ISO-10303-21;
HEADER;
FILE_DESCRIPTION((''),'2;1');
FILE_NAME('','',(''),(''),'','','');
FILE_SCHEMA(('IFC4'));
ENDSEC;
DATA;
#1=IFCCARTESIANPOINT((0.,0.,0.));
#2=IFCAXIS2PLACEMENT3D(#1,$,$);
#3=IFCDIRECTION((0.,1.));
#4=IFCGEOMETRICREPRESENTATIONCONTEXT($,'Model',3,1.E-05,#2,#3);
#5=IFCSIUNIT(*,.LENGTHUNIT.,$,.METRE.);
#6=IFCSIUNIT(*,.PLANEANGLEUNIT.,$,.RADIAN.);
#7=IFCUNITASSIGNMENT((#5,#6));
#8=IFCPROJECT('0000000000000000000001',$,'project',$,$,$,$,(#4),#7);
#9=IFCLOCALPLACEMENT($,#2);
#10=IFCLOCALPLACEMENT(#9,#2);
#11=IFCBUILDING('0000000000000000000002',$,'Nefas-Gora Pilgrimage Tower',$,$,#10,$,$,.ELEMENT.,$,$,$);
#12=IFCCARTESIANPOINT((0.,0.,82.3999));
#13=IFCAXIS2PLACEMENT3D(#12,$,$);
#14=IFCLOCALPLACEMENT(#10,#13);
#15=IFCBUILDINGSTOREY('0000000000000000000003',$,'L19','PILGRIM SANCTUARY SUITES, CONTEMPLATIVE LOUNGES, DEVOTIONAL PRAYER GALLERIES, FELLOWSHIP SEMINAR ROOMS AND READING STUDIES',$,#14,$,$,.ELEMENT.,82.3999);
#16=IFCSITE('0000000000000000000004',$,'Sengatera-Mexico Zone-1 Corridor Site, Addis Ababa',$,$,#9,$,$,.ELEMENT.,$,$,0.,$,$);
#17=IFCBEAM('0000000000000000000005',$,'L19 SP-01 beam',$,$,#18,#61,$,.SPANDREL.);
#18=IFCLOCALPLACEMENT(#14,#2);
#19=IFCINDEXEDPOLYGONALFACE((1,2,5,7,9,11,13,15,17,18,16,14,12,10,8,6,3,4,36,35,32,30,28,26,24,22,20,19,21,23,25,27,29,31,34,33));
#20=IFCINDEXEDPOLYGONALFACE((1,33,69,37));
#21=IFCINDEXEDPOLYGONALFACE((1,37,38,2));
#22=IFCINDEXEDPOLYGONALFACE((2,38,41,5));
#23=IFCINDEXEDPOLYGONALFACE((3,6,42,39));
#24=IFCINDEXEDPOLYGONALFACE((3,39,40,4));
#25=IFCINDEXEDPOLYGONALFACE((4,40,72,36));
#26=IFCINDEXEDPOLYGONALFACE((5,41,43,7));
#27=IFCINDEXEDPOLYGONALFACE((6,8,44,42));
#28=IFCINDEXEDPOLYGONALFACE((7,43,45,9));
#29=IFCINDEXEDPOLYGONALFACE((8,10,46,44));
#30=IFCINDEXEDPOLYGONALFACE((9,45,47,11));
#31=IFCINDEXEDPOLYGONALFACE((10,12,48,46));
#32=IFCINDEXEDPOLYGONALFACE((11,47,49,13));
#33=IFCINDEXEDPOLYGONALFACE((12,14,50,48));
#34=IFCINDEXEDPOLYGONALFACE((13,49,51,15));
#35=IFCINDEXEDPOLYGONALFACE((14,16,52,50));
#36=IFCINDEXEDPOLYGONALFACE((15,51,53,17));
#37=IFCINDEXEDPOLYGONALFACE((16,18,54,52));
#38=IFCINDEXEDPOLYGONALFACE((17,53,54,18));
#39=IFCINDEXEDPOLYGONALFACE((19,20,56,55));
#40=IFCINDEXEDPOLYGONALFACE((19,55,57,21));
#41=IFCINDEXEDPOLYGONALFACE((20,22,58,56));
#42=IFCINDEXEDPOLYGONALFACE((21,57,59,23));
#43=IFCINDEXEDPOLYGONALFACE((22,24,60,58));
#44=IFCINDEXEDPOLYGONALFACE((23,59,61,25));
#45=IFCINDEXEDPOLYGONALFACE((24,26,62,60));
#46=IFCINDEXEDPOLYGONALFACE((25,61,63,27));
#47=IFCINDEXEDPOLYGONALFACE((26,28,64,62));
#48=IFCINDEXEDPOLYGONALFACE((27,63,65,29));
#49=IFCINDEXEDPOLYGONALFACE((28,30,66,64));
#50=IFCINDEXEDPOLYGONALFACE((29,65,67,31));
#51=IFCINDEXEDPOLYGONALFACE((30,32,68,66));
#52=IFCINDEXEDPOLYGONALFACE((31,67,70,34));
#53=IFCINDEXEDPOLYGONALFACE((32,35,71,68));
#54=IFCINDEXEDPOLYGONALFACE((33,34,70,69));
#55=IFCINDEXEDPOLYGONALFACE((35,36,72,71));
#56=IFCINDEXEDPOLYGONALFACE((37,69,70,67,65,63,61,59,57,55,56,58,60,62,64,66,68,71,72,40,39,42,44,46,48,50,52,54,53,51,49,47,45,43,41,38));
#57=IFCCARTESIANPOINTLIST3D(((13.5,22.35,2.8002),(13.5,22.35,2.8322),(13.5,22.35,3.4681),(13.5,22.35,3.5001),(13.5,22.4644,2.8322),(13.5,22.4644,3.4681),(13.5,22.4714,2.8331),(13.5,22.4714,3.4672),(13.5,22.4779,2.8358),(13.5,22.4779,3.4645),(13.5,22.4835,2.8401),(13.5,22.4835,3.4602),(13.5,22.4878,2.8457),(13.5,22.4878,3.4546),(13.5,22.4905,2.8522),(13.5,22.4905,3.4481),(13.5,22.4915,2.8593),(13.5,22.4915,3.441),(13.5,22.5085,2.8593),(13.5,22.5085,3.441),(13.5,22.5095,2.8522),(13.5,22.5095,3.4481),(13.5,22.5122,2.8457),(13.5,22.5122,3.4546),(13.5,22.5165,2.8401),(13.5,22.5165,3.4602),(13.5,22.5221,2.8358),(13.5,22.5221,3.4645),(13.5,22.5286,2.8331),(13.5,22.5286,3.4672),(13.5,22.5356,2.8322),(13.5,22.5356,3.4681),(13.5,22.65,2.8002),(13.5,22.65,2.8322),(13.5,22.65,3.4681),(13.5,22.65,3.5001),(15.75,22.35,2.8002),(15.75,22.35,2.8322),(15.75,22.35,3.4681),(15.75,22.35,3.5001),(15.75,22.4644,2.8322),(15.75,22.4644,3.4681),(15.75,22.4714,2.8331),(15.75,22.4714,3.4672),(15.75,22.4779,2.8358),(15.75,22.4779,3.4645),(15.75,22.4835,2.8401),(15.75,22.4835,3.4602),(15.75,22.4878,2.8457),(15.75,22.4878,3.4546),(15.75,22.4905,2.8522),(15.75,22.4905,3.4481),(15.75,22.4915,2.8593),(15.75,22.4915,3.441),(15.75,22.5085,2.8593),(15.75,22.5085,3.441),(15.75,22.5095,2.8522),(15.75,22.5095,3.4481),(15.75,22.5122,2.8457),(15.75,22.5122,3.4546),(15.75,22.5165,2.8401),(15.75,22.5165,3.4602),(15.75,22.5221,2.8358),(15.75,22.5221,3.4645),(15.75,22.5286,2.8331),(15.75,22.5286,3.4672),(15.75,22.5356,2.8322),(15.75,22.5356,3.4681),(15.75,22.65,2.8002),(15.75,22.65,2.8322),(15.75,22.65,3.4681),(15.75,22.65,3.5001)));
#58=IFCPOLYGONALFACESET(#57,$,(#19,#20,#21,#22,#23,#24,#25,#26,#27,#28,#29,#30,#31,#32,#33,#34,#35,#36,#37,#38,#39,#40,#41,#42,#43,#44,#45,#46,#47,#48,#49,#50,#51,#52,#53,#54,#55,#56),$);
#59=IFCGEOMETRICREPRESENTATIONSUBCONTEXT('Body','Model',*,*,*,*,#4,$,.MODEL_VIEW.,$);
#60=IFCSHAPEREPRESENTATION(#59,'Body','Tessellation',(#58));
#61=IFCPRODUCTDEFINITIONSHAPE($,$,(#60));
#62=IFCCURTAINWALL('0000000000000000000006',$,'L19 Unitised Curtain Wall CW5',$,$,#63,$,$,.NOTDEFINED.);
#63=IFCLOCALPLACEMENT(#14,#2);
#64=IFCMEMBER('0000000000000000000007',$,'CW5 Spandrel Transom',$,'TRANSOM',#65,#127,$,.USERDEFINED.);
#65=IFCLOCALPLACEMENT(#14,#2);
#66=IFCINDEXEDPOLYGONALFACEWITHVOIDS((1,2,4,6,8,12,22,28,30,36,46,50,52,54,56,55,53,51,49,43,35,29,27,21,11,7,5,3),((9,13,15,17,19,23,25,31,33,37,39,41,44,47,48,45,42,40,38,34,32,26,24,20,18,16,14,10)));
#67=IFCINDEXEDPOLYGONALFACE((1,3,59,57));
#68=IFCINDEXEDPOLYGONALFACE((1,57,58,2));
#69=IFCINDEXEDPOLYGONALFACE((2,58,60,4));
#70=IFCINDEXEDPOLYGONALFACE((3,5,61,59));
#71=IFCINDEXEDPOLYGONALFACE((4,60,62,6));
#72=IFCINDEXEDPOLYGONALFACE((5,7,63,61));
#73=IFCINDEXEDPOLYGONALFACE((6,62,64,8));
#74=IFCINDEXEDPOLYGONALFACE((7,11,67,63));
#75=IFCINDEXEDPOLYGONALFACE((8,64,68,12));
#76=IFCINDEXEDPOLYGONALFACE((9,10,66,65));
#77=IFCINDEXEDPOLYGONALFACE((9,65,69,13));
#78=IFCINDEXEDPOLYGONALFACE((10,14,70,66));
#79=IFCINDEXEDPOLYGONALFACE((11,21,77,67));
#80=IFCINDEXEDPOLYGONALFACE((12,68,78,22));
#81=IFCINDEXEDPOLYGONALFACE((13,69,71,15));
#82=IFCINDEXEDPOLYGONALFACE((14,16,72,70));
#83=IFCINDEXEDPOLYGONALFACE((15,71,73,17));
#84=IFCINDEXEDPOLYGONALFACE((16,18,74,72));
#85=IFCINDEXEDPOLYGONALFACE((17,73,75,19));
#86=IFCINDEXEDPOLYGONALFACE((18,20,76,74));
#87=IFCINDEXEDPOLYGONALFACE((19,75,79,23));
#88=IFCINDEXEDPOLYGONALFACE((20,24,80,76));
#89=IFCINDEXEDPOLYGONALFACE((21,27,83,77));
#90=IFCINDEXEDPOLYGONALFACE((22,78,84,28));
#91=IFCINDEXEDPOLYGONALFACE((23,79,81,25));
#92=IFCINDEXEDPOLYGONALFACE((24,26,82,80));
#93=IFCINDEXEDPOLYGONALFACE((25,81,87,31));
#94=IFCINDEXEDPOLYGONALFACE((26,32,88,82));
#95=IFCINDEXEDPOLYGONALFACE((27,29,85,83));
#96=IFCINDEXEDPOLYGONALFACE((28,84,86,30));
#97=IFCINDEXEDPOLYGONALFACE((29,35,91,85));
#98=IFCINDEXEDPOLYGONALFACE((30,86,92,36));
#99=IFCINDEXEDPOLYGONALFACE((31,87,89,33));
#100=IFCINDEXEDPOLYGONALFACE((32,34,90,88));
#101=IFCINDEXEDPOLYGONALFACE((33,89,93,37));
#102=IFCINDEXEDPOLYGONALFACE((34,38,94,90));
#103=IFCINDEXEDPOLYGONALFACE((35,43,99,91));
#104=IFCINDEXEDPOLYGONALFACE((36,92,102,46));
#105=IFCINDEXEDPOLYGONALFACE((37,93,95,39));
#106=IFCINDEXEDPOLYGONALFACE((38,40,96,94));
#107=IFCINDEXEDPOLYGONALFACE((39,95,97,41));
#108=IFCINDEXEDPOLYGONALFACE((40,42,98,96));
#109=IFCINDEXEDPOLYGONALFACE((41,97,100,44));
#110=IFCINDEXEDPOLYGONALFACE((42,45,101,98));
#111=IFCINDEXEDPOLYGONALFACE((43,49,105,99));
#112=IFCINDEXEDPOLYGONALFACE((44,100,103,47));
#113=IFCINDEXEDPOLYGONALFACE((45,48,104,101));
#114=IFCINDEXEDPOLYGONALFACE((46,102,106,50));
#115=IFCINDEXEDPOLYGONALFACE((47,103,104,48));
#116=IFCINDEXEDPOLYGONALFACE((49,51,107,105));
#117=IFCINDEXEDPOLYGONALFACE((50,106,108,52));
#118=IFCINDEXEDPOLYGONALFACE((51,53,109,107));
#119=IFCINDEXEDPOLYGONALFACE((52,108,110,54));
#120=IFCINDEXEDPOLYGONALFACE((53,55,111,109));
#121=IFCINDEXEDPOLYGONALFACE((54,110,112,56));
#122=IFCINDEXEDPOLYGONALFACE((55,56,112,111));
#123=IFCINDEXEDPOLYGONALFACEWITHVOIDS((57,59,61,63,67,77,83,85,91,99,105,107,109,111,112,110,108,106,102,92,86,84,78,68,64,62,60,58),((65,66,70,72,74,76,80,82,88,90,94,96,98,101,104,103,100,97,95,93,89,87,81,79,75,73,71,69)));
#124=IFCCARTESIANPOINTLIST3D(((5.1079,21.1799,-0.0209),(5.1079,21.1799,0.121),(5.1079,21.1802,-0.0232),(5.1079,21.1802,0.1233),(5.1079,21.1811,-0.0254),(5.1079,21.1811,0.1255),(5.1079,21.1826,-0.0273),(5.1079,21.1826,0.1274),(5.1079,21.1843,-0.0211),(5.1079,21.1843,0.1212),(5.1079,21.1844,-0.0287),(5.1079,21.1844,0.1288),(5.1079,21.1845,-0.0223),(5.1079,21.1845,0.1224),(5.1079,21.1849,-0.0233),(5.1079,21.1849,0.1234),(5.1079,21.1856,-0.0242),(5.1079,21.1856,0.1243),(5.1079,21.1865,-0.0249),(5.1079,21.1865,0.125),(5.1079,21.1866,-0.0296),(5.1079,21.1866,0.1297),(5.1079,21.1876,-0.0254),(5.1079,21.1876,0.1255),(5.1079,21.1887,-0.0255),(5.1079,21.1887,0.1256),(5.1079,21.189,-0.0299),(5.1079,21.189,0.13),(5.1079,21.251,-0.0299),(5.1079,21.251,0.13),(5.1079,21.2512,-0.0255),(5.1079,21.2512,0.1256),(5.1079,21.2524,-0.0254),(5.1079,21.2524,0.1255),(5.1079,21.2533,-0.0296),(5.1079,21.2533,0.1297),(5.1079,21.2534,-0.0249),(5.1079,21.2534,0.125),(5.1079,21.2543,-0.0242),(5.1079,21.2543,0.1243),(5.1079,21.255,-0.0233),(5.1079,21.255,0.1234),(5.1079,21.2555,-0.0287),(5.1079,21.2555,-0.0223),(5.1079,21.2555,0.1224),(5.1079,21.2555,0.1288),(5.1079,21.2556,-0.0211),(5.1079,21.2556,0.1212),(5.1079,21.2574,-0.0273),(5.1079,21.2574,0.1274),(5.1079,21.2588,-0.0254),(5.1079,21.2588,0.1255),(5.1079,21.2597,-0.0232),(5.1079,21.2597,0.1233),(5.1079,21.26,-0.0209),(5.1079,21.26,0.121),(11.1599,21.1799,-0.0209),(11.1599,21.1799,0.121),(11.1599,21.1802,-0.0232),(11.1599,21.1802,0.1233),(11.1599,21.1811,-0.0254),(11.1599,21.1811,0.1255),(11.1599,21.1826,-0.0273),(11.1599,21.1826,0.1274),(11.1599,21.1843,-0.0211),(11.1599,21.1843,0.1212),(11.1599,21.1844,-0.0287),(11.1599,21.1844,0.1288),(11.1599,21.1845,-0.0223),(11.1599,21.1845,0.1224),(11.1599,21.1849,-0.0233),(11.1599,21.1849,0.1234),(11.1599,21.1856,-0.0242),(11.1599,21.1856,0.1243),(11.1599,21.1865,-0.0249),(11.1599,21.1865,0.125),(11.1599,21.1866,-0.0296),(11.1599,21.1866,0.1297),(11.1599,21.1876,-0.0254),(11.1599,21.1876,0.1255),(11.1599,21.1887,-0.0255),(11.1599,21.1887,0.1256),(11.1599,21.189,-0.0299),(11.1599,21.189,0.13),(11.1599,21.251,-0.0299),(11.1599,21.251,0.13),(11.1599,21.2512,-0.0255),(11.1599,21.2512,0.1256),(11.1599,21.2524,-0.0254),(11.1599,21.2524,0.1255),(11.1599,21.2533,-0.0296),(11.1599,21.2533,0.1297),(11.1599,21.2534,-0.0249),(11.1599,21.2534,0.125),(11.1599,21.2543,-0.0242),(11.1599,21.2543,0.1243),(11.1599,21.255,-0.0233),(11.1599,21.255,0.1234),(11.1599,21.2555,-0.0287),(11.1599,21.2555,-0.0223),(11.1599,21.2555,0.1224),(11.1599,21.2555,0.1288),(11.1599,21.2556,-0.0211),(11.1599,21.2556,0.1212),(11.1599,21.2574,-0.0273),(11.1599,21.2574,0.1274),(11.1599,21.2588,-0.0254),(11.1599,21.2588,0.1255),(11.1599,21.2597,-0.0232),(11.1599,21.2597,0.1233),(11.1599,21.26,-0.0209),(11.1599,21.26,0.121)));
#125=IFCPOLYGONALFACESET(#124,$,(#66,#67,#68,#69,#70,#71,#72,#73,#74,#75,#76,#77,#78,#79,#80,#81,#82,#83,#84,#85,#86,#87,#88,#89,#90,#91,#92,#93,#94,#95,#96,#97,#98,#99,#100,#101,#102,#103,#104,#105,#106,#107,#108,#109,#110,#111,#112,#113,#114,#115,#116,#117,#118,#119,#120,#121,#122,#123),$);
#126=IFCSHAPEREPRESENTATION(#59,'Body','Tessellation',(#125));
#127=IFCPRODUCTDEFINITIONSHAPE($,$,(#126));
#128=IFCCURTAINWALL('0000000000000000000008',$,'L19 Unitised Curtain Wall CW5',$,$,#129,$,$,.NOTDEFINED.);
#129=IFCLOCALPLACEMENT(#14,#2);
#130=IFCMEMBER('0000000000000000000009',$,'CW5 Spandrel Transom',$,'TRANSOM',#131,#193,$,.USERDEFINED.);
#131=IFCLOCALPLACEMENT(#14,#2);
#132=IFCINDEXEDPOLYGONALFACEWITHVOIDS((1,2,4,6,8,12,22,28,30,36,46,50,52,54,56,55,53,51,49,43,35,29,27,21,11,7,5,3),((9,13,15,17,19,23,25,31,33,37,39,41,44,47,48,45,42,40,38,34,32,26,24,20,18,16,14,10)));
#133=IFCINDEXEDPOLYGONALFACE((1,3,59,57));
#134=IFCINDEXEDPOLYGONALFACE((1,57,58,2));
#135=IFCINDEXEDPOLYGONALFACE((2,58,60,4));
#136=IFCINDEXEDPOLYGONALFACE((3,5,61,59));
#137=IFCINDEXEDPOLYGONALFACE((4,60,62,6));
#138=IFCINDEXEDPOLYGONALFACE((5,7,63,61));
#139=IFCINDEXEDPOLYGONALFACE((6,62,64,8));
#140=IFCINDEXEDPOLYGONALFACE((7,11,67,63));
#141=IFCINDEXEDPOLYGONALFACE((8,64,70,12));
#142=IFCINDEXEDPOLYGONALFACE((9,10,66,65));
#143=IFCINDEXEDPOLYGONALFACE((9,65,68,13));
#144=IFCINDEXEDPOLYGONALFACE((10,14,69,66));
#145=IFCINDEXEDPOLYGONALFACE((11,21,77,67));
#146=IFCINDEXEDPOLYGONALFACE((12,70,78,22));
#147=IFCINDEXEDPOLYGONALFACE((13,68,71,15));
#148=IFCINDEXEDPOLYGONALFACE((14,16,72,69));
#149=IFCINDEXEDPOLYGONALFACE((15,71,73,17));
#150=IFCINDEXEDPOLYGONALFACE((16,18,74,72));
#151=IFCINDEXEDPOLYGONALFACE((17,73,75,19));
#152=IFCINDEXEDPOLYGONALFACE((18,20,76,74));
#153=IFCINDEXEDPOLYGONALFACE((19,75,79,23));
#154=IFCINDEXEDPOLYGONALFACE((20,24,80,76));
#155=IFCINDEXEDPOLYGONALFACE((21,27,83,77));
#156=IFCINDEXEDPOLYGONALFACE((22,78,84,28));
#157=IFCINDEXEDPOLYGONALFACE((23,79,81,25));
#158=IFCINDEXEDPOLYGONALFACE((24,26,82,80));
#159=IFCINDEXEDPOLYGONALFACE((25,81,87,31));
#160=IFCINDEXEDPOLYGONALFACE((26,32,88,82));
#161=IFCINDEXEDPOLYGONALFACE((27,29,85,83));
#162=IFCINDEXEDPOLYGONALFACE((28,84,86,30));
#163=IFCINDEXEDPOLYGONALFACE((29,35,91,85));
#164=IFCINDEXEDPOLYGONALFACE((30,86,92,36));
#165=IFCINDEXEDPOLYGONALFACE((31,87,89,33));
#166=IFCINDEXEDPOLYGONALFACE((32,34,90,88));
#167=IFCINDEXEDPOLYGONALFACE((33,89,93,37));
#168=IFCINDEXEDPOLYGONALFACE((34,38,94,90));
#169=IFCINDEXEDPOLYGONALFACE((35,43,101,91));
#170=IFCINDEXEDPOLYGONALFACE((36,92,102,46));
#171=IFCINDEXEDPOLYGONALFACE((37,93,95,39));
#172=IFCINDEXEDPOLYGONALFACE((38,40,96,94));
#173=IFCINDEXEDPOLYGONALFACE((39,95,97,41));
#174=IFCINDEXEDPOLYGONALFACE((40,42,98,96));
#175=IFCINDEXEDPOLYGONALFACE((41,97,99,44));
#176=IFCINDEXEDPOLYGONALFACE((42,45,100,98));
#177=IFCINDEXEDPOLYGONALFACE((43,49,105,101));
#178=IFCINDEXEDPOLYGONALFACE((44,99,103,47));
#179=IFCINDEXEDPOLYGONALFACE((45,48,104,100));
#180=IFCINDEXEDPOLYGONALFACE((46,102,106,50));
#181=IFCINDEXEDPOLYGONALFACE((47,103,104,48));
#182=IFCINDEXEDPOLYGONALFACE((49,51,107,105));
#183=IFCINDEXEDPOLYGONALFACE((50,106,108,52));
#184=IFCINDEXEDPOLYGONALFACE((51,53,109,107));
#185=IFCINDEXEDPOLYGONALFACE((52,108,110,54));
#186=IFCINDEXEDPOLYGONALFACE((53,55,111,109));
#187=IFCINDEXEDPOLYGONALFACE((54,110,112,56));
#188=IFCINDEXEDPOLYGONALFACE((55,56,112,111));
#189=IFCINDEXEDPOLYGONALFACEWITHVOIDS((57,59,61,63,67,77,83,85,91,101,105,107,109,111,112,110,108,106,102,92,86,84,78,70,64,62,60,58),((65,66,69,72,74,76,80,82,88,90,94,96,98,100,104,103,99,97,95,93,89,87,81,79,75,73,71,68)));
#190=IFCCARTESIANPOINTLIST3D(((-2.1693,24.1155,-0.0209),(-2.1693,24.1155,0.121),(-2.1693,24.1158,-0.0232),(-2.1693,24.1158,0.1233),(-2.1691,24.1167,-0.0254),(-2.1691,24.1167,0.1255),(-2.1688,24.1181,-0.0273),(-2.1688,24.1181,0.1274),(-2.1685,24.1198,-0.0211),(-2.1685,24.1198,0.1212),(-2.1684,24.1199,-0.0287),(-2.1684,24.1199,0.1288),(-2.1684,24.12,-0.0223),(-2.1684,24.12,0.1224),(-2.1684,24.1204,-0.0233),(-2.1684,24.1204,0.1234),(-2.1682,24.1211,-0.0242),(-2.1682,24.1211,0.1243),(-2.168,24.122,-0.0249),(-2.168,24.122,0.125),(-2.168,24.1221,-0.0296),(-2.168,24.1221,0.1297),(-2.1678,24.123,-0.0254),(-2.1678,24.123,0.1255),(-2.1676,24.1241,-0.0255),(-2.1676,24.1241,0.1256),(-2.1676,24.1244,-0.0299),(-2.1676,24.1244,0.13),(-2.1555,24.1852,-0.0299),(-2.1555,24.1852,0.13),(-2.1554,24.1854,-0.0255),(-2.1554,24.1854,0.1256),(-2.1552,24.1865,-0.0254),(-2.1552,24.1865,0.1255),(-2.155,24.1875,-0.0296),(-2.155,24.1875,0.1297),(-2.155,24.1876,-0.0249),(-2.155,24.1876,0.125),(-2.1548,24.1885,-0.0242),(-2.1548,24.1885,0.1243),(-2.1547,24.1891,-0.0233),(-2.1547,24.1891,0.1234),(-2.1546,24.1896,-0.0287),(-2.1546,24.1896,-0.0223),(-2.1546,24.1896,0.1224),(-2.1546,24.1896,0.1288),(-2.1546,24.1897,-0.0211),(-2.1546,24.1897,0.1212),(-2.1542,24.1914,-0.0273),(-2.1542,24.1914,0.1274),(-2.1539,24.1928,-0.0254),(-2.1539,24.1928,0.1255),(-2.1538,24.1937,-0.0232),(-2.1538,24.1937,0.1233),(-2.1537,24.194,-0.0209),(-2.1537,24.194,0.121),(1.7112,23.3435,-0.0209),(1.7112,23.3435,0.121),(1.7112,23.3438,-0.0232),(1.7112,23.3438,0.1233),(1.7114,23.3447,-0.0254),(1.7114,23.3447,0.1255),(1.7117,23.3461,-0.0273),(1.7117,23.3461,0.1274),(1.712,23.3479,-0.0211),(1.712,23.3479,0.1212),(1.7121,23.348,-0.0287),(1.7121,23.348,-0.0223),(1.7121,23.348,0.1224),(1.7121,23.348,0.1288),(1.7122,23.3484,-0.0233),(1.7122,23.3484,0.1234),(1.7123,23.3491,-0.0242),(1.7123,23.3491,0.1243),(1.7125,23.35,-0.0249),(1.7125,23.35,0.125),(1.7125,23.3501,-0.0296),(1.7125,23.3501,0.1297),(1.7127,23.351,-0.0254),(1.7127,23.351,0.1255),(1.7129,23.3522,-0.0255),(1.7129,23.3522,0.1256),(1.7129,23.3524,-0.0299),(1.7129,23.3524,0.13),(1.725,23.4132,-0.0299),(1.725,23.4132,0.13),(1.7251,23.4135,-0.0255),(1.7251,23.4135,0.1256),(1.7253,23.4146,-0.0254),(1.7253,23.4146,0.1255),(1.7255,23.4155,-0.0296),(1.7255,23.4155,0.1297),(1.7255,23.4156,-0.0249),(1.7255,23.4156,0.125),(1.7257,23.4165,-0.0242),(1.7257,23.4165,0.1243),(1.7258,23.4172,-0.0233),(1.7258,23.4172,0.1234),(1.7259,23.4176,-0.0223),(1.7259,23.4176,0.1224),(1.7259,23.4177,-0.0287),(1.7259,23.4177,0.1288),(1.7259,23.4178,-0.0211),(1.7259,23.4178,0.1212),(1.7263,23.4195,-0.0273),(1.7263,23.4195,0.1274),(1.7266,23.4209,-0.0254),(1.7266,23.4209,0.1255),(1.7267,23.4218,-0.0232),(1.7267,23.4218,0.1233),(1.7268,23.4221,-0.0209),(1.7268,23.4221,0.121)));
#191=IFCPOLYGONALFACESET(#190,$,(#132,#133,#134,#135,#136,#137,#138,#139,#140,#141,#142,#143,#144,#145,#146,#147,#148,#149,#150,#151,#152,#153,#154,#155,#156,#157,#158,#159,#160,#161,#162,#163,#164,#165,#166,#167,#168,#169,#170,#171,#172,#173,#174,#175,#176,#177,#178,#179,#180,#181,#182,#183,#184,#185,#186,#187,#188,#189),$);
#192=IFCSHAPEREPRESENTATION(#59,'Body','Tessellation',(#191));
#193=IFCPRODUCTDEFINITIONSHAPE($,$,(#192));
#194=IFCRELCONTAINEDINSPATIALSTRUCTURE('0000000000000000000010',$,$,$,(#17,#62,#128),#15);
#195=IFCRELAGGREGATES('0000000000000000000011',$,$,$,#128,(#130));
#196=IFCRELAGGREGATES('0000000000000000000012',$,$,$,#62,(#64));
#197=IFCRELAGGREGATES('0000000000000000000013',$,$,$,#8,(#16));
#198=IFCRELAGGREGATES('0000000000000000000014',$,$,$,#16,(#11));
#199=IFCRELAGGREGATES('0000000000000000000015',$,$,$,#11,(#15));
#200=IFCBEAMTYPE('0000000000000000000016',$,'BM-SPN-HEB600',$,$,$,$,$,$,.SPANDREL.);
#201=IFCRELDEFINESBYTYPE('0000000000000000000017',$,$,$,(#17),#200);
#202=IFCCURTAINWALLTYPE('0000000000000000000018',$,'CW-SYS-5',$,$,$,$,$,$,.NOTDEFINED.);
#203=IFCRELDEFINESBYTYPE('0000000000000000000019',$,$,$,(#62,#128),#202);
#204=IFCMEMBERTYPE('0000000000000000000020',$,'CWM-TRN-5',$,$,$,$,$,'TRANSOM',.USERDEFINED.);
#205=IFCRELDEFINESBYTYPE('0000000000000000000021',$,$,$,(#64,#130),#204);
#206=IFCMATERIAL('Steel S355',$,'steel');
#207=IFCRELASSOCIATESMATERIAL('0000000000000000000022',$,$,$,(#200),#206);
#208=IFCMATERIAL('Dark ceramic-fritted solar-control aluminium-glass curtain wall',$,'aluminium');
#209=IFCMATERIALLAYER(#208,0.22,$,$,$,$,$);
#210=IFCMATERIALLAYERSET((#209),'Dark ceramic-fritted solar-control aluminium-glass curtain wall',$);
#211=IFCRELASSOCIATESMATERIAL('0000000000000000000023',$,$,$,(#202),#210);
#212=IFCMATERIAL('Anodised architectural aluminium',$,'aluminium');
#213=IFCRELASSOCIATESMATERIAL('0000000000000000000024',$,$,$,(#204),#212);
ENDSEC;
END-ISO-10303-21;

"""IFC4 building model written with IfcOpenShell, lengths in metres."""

from ifc_helpers import new_model, si_unit, direction, frame, origin, origin_2d, place, context, subcontext, project, spatial, hollow_rectangle, i_section, extrude, source, transform, mapped, material, layer, layer_set, material_profile, profile_set, type_object, element, aggregate, save


model = new_model("IFC4")

# Units and contexts
model_context = context("Model", 3, precision=1e-05, world=origin(), true_north=direction((0.0, 1.0)))
body_context = subcontext(model_context, "Body", "Model", "MODEL_VIEW")
ifc_project = project(units=[si_unit("LENGTHUNIT", "METRE"), si_unit("PLANEANGLEUNIT", "RADIAN")], contexts=[model_context])

# Site, building, storey
site_placement = place(None, origin())
site = spatial("IfcSite", under=ifc_project, at=site_placement, Name="Sengatera-Mexico Zone-1 Corridor Site, Addis Ababa", CompositionType="ELEMENT", RefElevation=0.0)
building_placement = place(site_placement, origin())
building = spatial("IfcBuilding", under=site, at=building_placement, Name="Nefas-Gora Pilgrimage Tower", CompositionType="ELEMENT")
storey_placement = place(building_placement, frame((0.0, 0.0, 82.3999)))
storey = spatial("IfcBuildingStorey", under=building, at=storey_placement, Name="L19", Description="PILGRIM SANCTUARY SUITES, CONTEMPLATIVE LOUNGES, DEVOTIONAL PRAYER GALLERIES, FELLOWSHIP SEMINAR ROOMS AND READING STUDIES", CompositionType="ELEMENT", Elevation=82.3999)

# Beam
ifc_material_1 = material(Name="Steel S355", Category="steel")
ifc_material_profile_1 = material_profile(ifc_material_1, i_section(OverallWidth=0.3, OverallDepth=0.7, WebThickness=0.0171, FlangeThickness=0.032, FilletRadius=0.0271, at=origin_2d()), Name="HEB 700")
ifc_profile_set_1 = profile_set([ifc_material_profile_1], Name="Steel S355")
beam_type_1 = type_object("IfcBeamType", Name="BM-SPN-HEB600", PredefinedType="SPANDREL", material=ifc_profile_set_1)
shared_shape_1 = source(origin(), body_context, "Body", "SweptSolid", [
    extrude(i_section(OverallWidth=0.3, OverallDepth=0.7, WebThickness=0.0171, FlangeThickness=0.032, FilletRadius=0.0271, at=origin_2d()), origin(), (0.0, 0.0, 1.0), 2.25),
])
beam_1_placement = place(storey_placement, frame((13.5, 22.5, 3.1501), z_axis=(1.0, 0.0, 0.0), x_axis=(0.0, 1.0, 0.0)))
element("IfcBeam", 1, at=beam_1_placement, inside=storey, type_object=beam_type_1, Name="L19 SP-01 beam", PredefinedType="SPANDREL", context=body_context, shape_type="MappedRepresentation", body=[
    mapped(shared_shape_1, transform((0.0, 0.0, 0.0), x_axis=(1.0, 0.0, 0.0), y_axis=(0.0, 1.0, 0.0), z_axis=(0.0, 0.0, 1.0), scale=1.0)),
])

# Curtain walls, members
ifc_material_2 = material(Name="Dark ceramic-fritted solar-control aluminium-glass curtain wall", Category="aluminium")
ifc_layer_1 = layer(ifc_material_2, 0.22)
ifc_layer_set_1 = layer_set([ifc_layer_1], Name="Dark ceramic-fritted solar-control aluminium-glass curtain wall")
curtain_wall_type_1 = type_object("IfcCurtainWallType", Name="CW-SYS-5", PredefinedType="NOTDEFINED", material=ifc_layer_set_1)
curtain_wall_1_placement = place(storey_placement, origin())
curtain_wall_1 = element("IfcCurtainWall", 2, at=curtain_wall_1_placement, inside=storey, type_object=curtain_wall_type_1, Name="L19 Unitised Curtain Wall CW5", PredefinedType="NOTDEFINED")
ifc_material_3 = material(Name="Anodised architectural aluminium", Category="aluminium")
ifc_material_profile_2 = material_profile(ifc_material_3, hollow_rectangle(XDim=0.0801, YDim=0.1599, WallThickness=0.0044, InnerFilletRadius=0.0044, OuterFilletRadius=0.009, at=origin_2d()), Name="ALU TRANSOM 80x160")
ifc_profile_set_2 = profile_set([ifc_material_profile_2], Name="Anodised architectural aluminium")
member_type_1 = type_object("IfcMemberType", Name="CWM-TRN-5", ElementType="TRANSOM", PredefinedType="USERDEFINED", material=ifc_profile_set_2)
shared_shape_2 = source(origin(), body_context, "Body", "SweptSolid", [
    extrude(hollow_rectangle(XDim=0.0801, YDim=0.1599, WallThickness=0.0044, InnerFilletRadius=0.0044, OuterFilletRadius=0.009, at=origin_2d()), origin(), (0.0, 0.0, 1.0), 6.052),
])
member_1_placement = place(storey_placement, frame((11.1599, 21.22, 0.05), z_axis=(-1.0, 0.0, 0.0), x_axis=(0.0, -1.0, 0.0)))
member_1 = element("IfcMember", 3, at=member_1_placement, type_object=member_type_1, Name="CW5 Spandrel Transom", ObjectType="TRANSOM", PredefinedType="USERDEFINED", context=body_context, shape_type="MappedRepresentation", body=[
    mapped(shared_shape_2, transform((0.0, 0.0, 0.0), x_axis=(1.0, 0.0, 0.0), y_axis=(0.0, 1.0, 0.0), z_axis=(0.0, 0.0, 1.0), scale=1.0)),
])
curtain_wall_2_placement = place(storey_placement, origin())
curtain_wall_2 = element("IfcCurtainWall", 4, at=curtain_wall_2_placement, inside=storey, type_object=curtain_wall_type_1, Name="L19 Unitised Curtain Wall CW5", PredefinedType="NOTDEFINED")
shared_shape_3 = source(origin(), body_context, "Body", "SweptSolid", [
    extrude(hollow_rectangle(XDim=0.0801, YDim=0.1599, WallThickness=0.0044, InnerFilletRadius=0.0044, OuterFilletRadius=0.009, at=origin_2d()), origin(), (0.0, 0.0, 1.0), 3.9565),
])
member_2_placement = place(storey_placement, frame((1.719, 23.3828, 0.05), z_axis=(-0.980782, 0.195107, 0.0), x_axis=(-0.195107, -0.980782, 0.0)))
member_2 = element("IfcMember", 5, at=member_2_placement, type_object=member_type_1, Name="CW5 Spandrel Transom", ObjectType="TRANSOM", PredefinedType="USERDEFINED", context=body_context, shape_type="MappedRepresentation", body=[
    mapped(shared_shape_3, transform((0.0, 0.0, 0.0), x_axis=(1.0, 0.0, 0.0), y_axis=(0.0, 1.0, 0.0), z_axis=(0.0, 0.0, 1.0), scale=1.0)),
])

aggregate(curtain_wall_2, [member_2])

aggregate(curtain_wall_1, [member_1])

save(model, "model.ifc")
